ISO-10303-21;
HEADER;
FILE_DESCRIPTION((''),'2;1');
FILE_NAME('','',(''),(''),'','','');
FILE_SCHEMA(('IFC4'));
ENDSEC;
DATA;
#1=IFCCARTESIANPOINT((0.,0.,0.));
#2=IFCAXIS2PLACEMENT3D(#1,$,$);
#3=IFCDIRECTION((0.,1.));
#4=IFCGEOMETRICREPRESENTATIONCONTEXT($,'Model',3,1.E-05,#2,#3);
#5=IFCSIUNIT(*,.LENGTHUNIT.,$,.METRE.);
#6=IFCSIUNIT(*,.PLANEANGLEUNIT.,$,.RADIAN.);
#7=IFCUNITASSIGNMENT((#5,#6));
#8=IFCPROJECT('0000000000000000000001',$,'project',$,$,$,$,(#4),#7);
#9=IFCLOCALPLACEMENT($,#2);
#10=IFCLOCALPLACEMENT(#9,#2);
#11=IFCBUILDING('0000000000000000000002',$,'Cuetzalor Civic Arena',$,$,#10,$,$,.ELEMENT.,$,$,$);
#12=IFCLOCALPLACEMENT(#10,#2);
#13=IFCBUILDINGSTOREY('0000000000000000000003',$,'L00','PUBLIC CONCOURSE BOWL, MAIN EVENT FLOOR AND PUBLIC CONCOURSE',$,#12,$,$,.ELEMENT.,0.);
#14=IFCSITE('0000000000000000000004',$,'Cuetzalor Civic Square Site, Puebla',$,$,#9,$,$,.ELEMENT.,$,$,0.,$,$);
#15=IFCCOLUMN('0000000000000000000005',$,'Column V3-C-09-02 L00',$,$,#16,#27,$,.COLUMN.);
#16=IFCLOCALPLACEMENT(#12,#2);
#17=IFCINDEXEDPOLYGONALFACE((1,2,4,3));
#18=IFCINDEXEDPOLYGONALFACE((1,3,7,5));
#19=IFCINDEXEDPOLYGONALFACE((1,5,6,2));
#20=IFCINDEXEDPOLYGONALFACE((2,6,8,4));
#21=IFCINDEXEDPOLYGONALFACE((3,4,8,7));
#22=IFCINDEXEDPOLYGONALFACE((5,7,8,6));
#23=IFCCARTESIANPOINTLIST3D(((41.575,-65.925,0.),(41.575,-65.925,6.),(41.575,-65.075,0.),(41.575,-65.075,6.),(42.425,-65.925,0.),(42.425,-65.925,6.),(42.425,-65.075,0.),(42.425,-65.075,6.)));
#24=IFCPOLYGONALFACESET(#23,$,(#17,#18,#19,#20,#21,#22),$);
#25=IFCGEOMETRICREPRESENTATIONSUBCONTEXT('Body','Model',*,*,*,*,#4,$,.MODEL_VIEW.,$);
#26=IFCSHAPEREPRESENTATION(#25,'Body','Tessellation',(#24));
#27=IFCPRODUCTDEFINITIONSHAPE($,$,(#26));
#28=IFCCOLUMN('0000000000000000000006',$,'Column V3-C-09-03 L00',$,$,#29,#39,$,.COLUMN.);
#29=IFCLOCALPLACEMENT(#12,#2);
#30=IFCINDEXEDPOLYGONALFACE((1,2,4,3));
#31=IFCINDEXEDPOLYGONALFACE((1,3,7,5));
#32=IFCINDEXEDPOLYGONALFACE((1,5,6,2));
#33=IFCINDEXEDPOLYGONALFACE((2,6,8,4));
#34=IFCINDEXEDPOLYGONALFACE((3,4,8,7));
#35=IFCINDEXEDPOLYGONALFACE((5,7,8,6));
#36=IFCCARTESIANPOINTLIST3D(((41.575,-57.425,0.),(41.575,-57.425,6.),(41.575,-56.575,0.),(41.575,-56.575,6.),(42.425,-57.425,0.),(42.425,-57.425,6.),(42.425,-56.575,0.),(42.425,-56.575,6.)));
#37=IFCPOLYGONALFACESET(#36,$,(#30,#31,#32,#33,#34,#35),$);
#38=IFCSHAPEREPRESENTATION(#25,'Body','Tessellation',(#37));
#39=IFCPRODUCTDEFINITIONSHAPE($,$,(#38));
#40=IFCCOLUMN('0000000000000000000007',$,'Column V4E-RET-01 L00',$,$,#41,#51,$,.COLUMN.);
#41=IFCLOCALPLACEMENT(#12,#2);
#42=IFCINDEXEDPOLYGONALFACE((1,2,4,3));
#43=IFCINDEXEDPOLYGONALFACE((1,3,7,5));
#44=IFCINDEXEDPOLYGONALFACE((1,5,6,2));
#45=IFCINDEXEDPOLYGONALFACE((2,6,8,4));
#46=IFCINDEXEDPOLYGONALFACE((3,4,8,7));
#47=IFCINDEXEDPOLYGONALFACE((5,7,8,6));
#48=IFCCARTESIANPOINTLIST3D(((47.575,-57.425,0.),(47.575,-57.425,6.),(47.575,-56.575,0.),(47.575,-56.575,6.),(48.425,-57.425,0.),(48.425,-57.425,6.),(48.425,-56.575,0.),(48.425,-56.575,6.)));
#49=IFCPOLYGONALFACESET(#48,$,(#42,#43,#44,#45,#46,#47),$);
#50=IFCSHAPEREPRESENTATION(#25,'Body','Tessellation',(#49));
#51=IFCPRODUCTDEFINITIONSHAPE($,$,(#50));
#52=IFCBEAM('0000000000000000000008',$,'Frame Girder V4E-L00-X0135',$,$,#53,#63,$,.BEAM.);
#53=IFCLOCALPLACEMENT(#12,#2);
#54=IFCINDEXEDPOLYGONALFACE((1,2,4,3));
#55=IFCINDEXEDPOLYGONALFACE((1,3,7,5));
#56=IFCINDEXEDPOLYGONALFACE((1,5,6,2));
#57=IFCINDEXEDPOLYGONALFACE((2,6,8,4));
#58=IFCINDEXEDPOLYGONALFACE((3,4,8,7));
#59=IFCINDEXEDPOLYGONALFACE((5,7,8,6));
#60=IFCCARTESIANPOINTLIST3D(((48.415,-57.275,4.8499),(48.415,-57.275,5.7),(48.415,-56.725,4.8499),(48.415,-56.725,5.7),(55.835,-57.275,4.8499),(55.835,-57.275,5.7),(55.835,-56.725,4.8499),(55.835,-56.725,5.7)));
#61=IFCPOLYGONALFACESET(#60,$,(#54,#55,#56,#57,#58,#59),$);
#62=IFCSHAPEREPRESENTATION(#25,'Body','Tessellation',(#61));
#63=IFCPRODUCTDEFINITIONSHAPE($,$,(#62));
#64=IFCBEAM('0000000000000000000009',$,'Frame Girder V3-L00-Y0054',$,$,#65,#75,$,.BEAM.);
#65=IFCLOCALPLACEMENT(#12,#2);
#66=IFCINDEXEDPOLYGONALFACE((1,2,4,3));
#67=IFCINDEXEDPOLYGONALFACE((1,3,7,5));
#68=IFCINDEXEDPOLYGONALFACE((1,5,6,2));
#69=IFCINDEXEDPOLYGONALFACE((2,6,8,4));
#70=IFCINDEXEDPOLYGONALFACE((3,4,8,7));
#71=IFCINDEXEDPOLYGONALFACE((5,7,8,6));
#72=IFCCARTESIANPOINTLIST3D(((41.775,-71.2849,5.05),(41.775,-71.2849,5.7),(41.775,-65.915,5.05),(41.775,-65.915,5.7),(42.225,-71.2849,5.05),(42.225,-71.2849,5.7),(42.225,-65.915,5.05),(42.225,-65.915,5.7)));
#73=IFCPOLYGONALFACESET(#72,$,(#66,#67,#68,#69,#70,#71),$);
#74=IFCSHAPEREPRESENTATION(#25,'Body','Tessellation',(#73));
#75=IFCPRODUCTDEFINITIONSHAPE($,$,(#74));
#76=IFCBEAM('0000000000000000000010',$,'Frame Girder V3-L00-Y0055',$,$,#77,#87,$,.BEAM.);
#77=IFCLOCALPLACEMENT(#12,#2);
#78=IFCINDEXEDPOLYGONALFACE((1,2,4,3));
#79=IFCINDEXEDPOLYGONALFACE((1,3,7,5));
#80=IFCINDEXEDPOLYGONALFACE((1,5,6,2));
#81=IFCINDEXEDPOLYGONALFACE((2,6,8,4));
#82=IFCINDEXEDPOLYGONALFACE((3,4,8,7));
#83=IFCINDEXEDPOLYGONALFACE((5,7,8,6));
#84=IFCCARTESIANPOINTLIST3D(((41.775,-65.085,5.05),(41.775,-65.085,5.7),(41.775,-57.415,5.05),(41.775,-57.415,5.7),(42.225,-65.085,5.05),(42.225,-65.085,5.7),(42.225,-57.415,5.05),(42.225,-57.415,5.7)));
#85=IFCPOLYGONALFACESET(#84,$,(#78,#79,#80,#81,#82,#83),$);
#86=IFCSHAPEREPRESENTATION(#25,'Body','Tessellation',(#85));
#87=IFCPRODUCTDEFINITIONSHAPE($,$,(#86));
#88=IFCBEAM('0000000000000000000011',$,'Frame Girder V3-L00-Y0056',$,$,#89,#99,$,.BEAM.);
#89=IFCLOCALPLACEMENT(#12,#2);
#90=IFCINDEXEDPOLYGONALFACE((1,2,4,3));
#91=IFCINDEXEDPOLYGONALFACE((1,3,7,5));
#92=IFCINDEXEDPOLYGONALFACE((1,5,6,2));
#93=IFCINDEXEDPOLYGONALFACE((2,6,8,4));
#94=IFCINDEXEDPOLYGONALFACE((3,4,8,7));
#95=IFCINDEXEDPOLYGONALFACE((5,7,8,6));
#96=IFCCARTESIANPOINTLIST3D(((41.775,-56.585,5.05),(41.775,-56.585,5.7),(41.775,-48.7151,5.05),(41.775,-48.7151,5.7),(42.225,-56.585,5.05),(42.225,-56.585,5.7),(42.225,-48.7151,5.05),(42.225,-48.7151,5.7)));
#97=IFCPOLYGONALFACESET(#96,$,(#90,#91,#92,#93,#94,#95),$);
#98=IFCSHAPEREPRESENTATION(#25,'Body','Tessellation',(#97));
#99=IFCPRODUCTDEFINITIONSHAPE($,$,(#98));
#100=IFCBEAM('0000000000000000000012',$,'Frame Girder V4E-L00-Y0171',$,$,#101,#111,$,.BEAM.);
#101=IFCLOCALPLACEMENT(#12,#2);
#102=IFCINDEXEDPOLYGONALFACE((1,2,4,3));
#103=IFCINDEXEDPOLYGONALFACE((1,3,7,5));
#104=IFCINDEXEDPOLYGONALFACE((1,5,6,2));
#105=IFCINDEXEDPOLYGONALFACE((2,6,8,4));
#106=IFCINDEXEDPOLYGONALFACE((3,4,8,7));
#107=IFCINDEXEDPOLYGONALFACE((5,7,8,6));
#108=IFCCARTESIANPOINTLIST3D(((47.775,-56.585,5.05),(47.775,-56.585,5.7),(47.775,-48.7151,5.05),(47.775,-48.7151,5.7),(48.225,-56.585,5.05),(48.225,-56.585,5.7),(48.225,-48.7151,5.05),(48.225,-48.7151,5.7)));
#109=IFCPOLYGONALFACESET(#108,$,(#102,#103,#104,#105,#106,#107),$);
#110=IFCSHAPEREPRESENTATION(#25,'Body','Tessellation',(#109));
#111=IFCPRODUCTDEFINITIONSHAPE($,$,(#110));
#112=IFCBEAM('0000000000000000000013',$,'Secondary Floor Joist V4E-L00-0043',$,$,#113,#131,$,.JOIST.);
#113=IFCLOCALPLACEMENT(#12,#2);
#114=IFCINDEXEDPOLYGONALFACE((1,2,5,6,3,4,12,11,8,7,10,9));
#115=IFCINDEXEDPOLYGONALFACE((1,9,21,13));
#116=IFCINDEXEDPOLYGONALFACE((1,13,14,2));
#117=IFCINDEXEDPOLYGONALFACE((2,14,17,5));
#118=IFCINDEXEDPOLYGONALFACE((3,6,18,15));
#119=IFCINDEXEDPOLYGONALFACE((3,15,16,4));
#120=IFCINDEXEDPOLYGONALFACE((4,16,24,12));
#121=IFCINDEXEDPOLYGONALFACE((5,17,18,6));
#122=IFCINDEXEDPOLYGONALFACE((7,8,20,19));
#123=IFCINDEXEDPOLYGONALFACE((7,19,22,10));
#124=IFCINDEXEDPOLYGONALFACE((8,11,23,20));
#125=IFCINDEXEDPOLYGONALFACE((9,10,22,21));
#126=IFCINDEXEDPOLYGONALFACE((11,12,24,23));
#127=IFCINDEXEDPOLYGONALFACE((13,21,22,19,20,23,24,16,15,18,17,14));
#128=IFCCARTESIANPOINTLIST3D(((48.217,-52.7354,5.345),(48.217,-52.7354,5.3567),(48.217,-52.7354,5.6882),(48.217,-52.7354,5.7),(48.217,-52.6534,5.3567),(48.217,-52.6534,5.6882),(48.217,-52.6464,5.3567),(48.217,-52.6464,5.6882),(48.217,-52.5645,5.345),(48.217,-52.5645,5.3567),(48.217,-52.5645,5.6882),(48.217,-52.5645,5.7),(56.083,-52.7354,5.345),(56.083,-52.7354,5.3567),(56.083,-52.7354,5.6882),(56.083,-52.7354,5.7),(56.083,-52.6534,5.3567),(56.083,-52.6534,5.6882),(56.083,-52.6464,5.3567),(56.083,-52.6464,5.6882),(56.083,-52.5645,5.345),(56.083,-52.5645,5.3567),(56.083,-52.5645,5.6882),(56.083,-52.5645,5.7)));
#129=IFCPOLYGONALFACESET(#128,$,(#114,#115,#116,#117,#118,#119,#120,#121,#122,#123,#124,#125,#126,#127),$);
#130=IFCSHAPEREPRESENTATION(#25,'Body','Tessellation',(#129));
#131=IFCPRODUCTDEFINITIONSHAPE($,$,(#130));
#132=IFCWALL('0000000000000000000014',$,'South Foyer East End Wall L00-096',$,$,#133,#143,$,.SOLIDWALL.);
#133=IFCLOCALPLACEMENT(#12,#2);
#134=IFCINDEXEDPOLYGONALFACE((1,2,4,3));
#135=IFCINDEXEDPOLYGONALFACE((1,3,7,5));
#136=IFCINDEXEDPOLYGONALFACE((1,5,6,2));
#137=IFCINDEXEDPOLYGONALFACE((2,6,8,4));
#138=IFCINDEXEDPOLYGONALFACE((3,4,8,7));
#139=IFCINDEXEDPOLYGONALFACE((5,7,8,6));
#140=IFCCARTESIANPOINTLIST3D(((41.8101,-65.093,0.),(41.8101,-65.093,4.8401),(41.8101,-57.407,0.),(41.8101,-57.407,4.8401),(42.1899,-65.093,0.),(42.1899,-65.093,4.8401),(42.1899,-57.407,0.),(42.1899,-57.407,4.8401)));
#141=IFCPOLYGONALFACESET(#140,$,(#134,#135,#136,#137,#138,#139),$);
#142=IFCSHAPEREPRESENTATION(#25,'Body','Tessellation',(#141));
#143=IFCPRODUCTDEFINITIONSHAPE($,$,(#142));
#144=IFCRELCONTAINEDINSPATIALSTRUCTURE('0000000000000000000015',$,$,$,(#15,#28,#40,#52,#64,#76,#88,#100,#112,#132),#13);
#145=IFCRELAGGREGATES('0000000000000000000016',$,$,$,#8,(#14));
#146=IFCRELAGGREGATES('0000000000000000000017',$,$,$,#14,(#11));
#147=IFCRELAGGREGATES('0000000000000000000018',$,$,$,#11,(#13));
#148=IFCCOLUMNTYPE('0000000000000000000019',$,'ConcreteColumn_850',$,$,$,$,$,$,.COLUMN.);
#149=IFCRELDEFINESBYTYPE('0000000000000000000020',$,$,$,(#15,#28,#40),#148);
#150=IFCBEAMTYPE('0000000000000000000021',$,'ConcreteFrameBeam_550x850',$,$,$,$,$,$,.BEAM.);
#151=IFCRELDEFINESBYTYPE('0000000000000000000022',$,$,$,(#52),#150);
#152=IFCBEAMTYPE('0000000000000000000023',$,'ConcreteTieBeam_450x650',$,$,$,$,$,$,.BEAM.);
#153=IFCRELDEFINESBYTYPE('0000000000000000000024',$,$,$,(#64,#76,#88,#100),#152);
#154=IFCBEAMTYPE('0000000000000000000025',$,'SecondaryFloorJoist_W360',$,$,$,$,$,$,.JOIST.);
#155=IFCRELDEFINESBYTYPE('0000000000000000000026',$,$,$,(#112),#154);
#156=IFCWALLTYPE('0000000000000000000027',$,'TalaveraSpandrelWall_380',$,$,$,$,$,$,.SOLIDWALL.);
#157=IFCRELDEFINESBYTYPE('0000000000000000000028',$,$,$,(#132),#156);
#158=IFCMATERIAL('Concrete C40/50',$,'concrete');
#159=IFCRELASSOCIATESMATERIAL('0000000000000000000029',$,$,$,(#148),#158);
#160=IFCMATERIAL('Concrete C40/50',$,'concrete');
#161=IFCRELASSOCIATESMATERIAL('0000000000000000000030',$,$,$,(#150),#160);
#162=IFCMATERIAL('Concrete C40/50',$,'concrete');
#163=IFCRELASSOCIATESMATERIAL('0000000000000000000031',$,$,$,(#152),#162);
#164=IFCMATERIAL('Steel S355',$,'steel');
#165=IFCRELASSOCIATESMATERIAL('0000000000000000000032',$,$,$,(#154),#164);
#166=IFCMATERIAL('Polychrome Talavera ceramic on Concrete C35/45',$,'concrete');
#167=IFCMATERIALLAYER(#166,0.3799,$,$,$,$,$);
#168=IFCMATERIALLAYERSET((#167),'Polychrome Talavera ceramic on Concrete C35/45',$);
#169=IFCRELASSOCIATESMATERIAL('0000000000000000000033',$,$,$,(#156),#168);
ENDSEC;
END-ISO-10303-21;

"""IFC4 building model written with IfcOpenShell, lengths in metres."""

from ifc_helpers import new_model, si_unit, direction, frame, frame_2d, origin, origin_2d, place, context, subcontext, project, spatial, rectangle, i_section, extrude, material, layer, layer_set, material_profile, profile_set, type_object, element, save


model = new_model("IFC4")

# Units and contexts
model_context = context("Model", 3, precision=1e-05, world=origin(), true_north=direction((0.0, 1.0)))
body_context = subcontext(model_context, "Body", "Model", "MODEL_VIEW")
ifc_project = project(units=[si_unit("LENGTHUNIT", "METRE"), si_unit("PLANEANGLEUNIT", "RADIAN")], contexts=[model_context])

# Site, building, storey
site_placement = place(None, origin())
site = spatial("IfcSite", under=ifc_project, at=site_placement, Name="Cuetzalor Civic Square Site, Puebla", CompositionType="ELEMENT", RefElevation=0.0)
building_placement = place(site_placement, origin())
building = spatial("IfcBuilding", under=site, at=building_placement, Name="Cuetzalor Civic Arena", CompositionType="ELEMENT")
storey_placement = place(building_placement, origin())
storey = spatial("IfcBuildingStorey", under=building, at=storey_placement, Name="L00", Description="PUBLIC CONCOURSE BOWL, MAIN EVENT FLOOR AND PUBLIC CONCOURSE", CompositionType="ELEMENT", Elevation=0.0)

# Columns
ifc_material_1 = material(Name="Concrete C40/50", Category="concrete")
ifc_material_profile_1 = material_profile(ifc_material_1, rectangle(XDim=0.8501, YDim=0.8501, at=origin_2d()), Name="RC 850x850")
ifc_profile_set_1 = profile_set([ifc_material_profile_1], Name="Concrete C40/50")
column_type_1 = type_object("IfcColumnType", Name="ConcreteColumn_850", PredefinedType="COLUMN", material=ifc_profile_set_1)
for number, where, z_axis, x_axis, name in (
    (1, (42.0, -65.5, 0.0), (0.0, 0.0, 1.0), (1.0, 0.0, 0.0), "Column V3-C-09-02 L00"),
    (2, (42.0, -57.0, 0.0), (0.0, 0.0, 1.0), (1.0, 0.0, 0.0), "Column V3-C-09-03 L00"),
    (3, (48.0, -57.0, 0.0), (0.0, 0.0, 1.0), (1.0, 0.0, 0.0), "Column V4E-RET-01 L00"),
):
    element("IfcColumn", number, at=place(storey_placement, frame(where, z_axis=z_axis, x_axis=x_axis)), inside=storey, type_object=column_type_1, Name=name, PredefinedType="COLUMN", context=body_context, shape_type="SweptSolid", body=[
        extrude(rectangle(XDim=0.8501, YDim=0.8501, at=origin_2d()), origin(), (0.0, 0.0, 1.0), 6.0),
    ])

# Beams
ifc_material_2 = material(Name="Concrete C40/50", Category="concrete")
ifc_material_profile_2 = material_profile(ifc_material_2, rectangle(XDim=0.55, YDim=0.8501, at=origin_2d()), Name="RC 550x850")
ifc_profile_set_2 = profile_set([ifc_material_profile_2], Name="Concrete C40/50")
beam_type_1 = type_object("IfcBeamType", Name="ConcreteFrameBeam_550x850", PredefinedType="BEAM", material=ifc_profile_set_2)
beam_1_placement = place(storey_placement, frame((48.415, -57.0, 5.2749), z_axis=(1.0, 0.0, 0.0), x_axis=(0.0, 1.0, 0.0)))
element("IfcBeam", 4, at=beam_1_placement, inside=storey, type_object=beam_type_1, Name="Frame Girder V4E-L00-X0135", PredefinedType="BEAM", context=body_context, shape_type="SweptSolid", body=[
    extrude(rectangle(XDim=0.55, YDim=0.8501, at=origin_2d()), origin(), (0.0, 0.0, 1.0), 7.4199),
])
ifc_material_3 = material(Name="Concrete C40/50", Category="concrete")
ifc_material_profile_3 = material_profile(ifc_material_3, rectangle(XDim=0.45, YDim=0.6499, at=origin_2d()), Name="RC 450x650")
ifc_profile_set_3 = profile_set([ifc_material_profile_3], Name="Concrete C40/50")
beam_type_2 = type_object("IfcBeamType", Name="ConcreteTieBeam_450x650", PredefinedType="BEAM", material=ifc_profile_set_3)
beam_2_placement = place(storey_placement, frame((42.0, -71.2849, 5.375), z_axis=(0.0, 1.0, 0.0), x_axis=(-1.0, 0.0, 0.0)))
element("IfcBeam", 5, at=beam_2_placement, inside=storey, type_object=beam_type_2, Name="Frame Girder V3-L00-Y0054", PredefinedType="BEAM", context=body_context, shape_type="SweptSolid", body=[
    extrude(rectangle(XDim=0.45, YDim=0.6499, at=origin_2d()), origin(), (0.0, 0.0, 1.0), 5.3699),
])
beam_3_placement = place(storey_placement, frame((42.0, -65.085, 5.375), z_axis=(0.0, 1.0, 0.0), x_axis=(-1.0, 0.0, 0.0)))
element("IfcBeam", 6, at=beam_3_placement, inside=storey, type_object=beam_type_2, Name="Frame Girder V3-L00-Y0055", PredefinedType="BEAM", context=body_context, shape_type="SweptSolid", body=[
    extrude(rectangle(XDim=0.45, YDim=0.6499, at=origin_2d()), origin(), (0.0, 0.0, 1.0), 7.6699),
])
for number, where, z_axis, x_axis, name in (
    (7, (42.0, -56.585, 5.375), (0.0, 1.0, 0.0), (-1.0, 0.0, 0.0), "Frame Girder V3-L00-Y0056"),
    (8, (48.0, -56.585, 5.375), (0.0, 1.0, 0.0), (-1.0, 0.0, 0.0), "Frame Girder V4E-L00-Y0171"),
):
    element("IfcBeam", number, at=place(storey_placement, frame(where, z_axis=z_axis, x_axis=x_axis)), inside=storey, type_object=beam_type_2, Name=name, PredefinedType="BEAM", context=body_context, shape_type="SweptSolid", body=[
        extrude(rectangle(XDim=0.45, YDim=0.6499, at=origin_2d()), origin(), (0.0, 0.0, 1.0), 7.8699),
    ])
ifc_material_4 = material(Name="Steel S355", Category="steel")
ifc_material_profile_4 = material_profile(ifc_material_4, i_section(OverallWidth=0.1709, OverallDepth=0.355, WebThickness=0.0071, FlangeThickness=0.0117, at=origin_2d()), Name="W360x51")
ifc_profile_set_4 = profile_set([ifc_material_profile_4], Name="Steel S355")
beam_type_3 = type_object("IfcBeamType", Name="SecondaryFloorJoist_W360", PredefinedType="JOIST", material=ifc_profile_set_4)
beam_4_placement = place(storey_placement, frame((48.217, -52.6499, 5.5225), z_axis=(1.0, 0.0, 0.0), x_axis=(0.0, 1.0, 0.0)))
element("IfcBeam", 9, at=beam_4_placement, inside=storey, type_object=beam_type_3, Name="Secondary Floor Joist V4E-L00-0043", PredefinedType="JOIST", context=body_context, shape_type="SweptSolid", body=[
    extrude(i_section(OverallWidth=0.1709, OverallDepth=0.355, WebThickness=0.0071, FlangeThickness=0.0117, at=origin_2d()), origin(), (0.0, 0.0, 1.0), 7.866),
])

# Wall
ifc_material_5 = material(Name="Polychrome Talavera ceramic on Concrete C35/45", Category="concrete")
ifc_layer = layer(ifc_material_5, 0.3799)
ifc_layer_set = layer_set([ifc_layer], Name="Polychrome Talavera ceramic on Concrete C35/45")
wall_type = type_object("IfcWallType", Name="TalaveraSpandrelWall_380", PredefinedType="SOLIDWALL", material=ifc_layer_set)
wall_placement = place(storey_placement, frame((42.0, -57.407, 0.0), z_axis=(0.0, 0.0, 1.0), x_axis=(0.0, -1.0, 0.0)))
element("IfcWall", 10, at=wall_placement, inside=storey, type_object=wall_type, Name="South Foyer East End Wall L00-096", PredefinedType="SOLIDWALL", context=body_context, shape_type="SweptSolid", body=[
    extrude(rectangle(XDim=7.686, YDim=0.3799, at=frame_2d((3.843, 0.0))), origin(), (0.0, 0.0, 1.0), 4.8401),
])

save(model, "model.ifc")
